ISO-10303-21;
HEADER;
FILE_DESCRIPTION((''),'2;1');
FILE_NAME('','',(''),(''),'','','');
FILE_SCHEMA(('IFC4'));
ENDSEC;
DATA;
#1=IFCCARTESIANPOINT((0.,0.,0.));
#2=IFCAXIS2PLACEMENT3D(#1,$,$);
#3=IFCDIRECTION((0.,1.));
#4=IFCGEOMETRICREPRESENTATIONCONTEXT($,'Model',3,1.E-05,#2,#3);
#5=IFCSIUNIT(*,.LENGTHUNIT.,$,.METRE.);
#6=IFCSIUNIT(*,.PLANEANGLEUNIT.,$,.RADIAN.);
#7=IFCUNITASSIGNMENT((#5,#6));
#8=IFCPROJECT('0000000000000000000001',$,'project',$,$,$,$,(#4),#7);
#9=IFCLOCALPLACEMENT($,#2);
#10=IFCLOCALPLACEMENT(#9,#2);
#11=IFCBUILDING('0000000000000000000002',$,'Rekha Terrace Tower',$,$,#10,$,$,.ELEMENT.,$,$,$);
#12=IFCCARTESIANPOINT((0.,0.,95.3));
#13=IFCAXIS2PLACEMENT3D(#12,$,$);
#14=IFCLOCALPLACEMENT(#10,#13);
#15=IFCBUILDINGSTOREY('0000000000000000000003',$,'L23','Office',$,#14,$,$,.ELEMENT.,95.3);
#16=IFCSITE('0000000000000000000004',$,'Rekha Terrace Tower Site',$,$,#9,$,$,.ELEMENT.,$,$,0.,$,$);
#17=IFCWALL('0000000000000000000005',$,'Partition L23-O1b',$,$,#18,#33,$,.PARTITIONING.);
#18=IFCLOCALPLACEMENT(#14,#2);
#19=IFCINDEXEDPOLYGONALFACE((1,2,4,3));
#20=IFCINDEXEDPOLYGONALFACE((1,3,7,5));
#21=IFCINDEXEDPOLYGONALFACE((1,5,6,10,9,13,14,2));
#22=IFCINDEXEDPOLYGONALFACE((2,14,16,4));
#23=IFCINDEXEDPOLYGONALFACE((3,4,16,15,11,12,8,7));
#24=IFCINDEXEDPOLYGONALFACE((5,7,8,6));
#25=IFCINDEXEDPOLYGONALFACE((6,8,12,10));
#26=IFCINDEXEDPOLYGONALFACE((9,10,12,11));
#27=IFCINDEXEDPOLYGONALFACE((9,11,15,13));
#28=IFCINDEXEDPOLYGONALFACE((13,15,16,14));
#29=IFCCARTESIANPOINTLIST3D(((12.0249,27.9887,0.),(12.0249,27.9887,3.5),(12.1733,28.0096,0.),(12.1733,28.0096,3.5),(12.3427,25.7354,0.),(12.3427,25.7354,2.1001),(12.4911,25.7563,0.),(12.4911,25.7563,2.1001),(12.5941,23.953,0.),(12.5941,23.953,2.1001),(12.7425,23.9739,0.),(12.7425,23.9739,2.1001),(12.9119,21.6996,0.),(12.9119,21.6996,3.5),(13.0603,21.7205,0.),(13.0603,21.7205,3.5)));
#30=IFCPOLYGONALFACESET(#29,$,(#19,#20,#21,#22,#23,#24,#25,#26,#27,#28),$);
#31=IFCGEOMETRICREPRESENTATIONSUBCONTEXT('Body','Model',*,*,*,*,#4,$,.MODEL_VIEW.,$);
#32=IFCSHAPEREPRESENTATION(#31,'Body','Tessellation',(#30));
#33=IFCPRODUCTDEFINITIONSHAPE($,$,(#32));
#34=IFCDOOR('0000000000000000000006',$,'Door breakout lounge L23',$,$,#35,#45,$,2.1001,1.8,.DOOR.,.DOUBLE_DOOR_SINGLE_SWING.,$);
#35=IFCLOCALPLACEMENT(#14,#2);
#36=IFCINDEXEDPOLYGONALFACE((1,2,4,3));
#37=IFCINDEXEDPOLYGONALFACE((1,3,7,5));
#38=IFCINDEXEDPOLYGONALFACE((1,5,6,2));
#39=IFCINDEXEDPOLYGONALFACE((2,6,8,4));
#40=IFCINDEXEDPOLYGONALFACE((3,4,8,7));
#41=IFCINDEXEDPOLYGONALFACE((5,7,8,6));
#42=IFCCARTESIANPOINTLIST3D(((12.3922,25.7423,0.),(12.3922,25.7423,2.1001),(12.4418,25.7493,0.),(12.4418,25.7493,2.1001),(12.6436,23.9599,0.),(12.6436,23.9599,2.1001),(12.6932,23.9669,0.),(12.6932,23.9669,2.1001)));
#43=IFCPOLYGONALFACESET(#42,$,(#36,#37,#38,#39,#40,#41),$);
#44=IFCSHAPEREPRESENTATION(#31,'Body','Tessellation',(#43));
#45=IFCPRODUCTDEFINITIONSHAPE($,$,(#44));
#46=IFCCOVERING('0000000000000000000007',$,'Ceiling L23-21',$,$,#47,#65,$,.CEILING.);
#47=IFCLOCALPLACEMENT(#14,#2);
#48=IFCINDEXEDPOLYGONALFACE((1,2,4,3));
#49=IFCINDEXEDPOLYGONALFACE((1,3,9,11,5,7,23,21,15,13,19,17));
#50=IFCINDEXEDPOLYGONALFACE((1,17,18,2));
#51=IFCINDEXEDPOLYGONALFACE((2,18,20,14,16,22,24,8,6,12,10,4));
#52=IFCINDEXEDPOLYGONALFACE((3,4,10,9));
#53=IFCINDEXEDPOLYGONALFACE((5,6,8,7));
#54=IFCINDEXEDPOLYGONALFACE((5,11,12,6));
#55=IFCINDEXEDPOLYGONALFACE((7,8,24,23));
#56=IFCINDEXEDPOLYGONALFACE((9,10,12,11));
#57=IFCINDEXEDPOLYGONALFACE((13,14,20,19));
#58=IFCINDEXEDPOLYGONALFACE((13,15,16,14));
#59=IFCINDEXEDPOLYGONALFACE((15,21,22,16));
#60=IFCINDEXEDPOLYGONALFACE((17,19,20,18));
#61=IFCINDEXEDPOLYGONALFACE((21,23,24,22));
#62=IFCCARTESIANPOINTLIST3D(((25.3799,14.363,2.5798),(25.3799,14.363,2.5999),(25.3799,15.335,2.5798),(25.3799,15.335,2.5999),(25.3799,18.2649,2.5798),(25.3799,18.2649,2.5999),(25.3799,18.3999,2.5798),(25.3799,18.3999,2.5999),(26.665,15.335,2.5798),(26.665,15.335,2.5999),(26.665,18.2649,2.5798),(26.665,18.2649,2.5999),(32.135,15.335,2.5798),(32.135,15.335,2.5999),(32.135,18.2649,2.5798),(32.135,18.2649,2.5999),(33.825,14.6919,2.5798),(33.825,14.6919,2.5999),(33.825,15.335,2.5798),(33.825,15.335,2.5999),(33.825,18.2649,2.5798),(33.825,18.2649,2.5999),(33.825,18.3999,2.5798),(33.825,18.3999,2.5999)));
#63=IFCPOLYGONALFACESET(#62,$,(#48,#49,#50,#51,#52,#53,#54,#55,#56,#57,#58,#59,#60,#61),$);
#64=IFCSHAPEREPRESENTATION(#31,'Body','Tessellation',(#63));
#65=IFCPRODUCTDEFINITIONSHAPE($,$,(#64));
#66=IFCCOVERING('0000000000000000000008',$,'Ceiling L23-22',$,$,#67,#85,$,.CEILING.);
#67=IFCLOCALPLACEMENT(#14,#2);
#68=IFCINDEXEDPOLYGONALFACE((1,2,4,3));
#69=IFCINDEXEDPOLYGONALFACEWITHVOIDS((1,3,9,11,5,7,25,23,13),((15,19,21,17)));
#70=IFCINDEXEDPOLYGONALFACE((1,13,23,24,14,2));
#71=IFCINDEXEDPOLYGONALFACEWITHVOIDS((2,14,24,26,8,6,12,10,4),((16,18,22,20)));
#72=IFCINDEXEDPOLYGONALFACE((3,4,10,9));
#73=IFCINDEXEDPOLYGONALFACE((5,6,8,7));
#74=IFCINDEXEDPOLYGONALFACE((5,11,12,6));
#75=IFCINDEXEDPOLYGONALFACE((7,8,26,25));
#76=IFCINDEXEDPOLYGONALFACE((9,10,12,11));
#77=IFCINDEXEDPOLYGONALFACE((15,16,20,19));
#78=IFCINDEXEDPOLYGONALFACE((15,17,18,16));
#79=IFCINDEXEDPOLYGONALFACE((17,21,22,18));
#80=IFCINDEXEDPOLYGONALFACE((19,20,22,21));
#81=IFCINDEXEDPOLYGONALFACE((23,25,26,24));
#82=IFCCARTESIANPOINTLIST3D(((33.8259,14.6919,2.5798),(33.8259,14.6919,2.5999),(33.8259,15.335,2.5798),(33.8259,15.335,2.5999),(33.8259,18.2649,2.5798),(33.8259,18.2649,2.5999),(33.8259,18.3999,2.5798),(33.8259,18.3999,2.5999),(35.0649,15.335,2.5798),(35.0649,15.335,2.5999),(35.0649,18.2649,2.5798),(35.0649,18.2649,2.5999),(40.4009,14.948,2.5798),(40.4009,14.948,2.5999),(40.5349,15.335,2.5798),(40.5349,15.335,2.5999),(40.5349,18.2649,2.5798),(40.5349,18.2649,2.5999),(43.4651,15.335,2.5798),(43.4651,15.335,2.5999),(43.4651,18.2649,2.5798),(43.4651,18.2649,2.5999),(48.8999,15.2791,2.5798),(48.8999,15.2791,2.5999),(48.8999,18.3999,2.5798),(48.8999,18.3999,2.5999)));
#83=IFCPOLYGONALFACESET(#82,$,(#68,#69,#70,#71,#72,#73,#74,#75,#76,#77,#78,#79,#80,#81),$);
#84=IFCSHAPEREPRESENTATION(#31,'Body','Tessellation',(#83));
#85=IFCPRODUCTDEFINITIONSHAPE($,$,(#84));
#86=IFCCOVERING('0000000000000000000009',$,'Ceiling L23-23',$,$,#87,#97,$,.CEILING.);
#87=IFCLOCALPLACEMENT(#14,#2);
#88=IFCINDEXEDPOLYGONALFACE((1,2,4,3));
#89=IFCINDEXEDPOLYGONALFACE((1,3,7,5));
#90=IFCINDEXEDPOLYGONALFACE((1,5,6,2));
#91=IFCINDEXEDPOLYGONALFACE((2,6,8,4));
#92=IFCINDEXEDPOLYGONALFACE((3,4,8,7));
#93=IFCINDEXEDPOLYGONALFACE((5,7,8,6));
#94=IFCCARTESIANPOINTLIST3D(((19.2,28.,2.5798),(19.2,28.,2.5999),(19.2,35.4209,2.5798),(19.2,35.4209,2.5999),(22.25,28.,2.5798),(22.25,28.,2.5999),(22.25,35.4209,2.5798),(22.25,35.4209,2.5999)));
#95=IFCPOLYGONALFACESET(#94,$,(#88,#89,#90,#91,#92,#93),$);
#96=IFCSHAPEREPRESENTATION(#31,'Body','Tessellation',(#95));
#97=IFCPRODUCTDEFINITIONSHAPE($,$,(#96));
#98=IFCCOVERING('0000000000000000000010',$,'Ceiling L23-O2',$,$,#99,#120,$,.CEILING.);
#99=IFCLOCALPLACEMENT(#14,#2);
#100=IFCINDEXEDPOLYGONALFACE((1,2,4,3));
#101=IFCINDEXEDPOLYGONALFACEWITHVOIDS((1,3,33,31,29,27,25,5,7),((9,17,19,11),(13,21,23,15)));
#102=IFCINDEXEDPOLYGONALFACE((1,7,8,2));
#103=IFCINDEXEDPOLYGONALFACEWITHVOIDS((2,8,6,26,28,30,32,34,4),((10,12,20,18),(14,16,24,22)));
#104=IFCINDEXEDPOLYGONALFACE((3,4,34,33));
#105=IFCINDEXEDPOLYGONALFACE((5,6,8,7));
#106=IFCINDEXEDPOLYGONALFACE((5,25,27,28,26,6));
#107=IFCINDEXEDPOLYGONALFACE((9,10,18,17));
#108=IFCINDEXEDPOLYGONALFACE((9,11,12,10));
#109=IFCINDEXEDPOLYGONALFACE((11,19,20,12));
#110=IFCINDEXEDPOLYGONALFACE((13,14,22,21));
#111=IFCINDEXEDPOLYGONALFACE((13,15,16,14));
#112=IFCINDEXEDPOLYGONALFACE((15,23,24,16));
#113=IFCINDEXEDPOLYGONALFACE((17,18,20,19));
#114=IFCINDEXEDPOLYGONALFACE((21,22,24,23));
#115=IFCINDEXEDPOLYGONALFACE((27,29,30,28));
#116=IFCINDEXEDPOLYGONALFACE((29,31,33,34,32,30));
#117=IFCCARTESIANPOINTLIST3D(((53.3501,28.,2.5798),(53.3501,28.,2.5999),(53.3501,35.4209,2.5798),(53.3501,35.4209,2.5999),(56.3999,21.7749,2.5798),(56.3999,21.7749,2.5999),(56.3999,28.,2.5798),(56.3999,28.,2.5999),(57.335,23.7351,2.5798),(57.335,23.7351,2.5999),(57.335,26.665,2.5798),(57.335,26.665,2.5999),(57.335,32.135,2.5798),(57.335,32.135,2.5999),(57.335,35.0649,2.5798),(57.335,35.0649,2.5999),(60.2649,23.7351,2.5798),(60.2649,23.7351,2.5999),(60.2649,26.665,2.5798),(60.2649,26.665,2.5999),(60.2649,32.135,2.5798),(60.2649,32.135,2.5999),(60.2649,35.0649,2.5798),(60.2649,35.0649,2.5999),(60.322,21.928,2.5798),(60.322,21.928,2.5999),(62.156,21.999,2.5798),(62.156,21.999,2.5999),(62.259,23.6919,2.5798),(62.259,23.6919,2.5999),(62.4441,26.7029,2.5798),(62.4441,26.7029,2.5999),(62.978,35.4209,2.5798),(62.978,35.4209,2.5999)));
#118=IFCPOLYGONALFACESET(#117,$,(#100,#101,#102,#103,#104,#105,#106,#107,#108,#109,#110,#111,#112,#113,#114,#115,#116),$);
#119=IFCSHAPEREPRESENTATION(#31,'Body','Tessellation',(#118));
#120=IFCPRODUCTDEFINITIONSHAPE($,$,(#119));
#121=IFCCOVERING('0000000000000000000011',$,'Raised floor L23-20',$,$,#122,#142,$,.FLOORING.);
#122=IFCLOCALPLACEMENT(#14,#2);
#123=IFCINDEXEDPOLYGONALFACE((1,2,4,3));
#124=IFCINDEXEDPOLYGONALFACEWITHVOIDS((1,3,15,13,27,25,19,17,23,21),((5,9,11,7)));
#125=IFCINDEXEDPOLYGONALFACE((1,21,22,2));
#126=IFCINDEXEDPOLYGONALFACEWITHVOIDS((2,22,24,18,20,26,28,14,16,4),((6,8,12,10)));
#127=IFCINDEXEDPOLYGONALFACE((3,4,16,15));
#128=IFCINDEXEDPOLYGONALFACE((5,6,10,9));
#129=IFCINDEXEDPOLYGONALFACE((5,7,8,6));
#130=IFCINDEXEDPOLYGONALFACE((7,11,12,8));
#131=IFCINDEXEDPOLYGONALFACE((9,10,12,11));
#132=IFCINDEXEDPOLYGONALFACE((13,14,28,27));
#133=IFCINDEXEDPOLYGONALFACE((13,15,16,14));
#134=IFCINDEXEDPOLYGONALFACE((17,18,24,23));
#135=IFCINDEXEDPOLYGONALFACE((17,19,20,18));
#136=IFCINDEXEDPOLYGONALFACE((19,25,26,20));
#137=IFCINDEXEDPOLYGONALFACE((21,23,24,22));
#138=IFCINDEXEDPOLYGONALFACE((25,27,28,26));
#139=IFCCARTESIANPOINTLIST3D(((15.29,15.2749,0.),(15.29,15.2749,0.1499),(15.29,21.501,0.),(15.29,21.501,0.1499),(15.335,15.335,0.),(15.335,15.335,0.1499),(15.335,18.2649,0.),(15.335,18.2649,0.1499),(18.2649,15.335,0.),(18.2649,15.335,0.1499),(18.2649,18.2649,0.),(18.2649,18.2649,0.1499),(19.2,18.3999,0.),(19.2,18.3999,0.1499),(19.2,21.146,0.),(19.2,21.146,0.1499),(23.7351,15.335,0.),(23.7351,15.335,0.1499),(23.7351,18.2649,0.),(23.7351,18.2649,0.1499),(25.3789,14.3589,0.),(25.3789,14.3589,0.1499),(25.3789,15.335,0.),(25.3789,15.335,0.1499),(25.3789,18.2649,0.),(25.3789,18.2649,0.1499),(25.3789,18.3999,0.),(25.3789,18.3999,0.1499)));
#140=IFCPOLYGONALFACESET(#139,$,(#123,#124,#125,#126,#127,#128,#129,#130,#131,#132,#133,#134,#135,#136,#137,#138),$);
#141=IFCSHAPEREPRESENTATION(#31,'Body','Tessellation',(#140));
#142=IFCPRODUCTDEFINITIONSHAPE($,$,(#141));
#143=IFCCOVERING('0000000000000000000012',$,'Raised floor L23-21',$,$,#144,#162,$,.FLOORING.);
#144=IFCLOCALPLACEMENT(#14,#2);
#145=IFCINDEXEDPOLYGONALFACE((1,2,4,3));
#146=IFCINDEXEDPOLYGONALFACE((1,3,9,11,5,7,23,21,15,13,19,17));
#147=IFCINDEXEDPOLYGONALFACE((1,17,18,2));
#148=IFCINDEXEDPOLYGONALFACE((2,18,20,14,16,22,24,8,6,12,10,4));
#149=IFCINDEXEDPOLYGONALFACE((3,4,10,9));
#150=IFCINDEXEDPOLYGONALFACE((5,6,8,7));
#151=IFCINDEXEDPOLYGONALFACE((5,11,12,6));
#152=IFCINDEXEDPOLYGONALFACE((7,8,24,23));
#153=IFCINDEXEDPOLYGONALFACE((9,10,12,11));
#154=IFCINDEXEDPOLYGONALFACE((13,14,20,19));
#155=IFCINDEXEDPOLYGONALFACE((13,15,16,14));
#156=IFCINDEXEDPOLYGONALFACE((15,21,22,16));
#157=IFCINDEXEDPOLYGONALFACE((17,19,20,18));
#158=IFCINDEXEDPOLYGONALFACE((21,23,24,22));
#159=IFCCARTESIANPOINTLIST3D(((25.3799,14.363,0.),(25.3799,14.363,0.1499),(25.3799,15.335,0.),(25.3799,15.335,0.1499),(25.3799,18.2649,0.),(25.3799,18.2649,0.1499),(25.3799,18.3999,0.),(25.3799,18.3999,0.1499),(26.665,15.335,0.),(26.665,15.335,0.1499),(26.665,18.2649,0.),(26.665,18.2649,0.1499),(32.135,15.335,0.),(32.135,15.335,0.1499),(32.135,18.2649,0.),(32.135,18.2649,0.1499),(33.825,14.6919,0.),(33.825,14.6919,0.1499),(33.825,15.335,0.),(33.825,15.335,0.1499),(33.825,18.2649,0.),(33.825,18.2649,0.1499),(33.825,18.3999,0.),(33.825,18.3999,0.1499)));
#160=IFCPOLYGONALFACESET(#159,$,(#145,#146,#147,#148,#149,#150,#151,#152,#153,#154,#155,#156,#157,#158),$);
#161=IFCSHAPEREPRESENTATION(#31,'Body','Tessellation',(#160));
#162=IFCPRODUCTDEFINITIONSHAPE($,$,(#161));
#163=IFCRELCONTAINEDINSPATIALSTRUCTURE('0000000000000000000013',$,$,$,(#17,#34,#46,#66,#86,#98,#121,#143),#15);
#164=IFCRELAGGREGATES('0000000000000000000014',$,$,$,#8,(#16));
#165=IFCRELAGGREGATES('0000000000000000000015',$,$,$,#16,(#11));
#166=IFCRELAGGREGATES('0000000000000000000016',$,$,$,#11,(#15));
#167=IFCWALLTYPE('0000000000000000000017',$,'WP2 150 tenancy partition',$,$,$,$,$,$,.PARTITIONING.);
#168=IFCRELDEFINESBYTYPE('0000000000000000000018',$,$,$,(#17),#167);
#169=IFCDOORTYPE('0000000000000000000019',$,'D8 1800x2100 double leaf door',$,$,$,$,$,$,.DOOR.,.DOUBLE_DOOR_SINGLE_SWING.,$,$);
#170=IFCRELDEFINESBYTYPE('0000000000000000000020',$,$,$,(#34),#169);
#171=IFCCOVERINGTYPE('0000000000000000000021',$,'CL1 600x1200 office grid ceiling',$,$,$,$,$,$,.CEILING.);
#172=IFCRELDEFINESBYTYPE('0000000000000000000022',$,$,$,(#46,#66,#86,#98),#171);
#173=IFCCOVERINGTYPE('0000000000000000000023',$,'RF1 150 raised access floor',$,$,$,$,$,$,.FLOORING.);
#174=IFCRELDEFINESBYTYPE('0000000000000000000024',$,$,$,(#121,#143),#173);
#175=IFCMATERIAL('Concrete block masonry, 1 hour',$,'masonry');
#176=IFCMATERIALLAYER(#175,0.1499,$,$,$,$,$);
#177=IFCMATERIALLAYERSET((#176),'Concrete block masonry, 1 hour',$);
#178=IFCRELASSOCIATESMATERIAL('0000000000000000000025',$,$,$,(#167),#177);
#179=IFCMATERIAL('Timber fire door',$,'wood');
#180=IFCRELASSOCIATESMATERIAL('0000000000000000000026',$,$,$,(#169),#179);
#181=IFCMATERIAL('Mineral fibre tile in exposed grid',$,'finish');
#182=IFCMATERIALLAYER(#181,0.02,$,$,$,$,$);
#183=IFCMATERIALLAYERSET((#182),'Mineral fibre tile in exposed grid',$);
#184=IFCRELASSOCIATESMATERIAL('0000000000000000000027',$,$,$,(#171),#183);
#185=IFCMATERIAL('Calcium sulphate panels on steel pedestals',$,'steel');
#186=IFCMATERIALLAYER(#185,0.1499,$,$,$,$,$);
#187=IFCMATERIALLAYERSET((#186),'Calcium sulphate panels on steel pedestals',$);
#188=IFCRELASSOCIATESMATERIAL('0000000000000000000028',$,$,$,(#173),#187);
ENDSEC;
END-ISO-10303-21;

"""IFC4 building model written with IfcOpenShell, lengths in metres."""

from ifc_helpers import new_model, si_unit, direction, frame, frame_2d, origin, place, context, subcontext, project, spatial, polyline, rectangle, outline, extrude, material, layer, layer_set, type_object, element, fill, save


model = new_model("IFC4")

# Units and contexts
model_context = context("Model", 3, precision=1e-05, world=origin(), true_north=direction((0.0, 1.0)))
body_context = subcontext(model_context, "Body", "Model", "MODEL_VIEW")
ifc_project = project(units=[si_unit("LENGTHUNIT", "METRE"), si_unit("PLANEANGLEUNIT", "RADIAN")], contexts=[model_context])

# Site, building, storey
site_placement = place(None, origin())
site = spatial("IfcSite", under=ifc_project, at=site_placement, Name="Rekha Terrace Tower Site", CompositionType="ELEMENT", RefElevation=0.0)
building_placement = place(site_placement, origin())
building = spatial("IfcBuilding", under=site, at=building_placement, Name="Rekha Terrace Tower", CompositionType="ELEMENT")
storey_placement = place(building_placement, frame((0.0, 0.0, 95.3)))
storey = spatial("IfcBuildingStorey", under=building, at=storey_placement, Name="L23", Description="Office", CompositionType="ELEMENT", Elevation=95.3)

# Shared definitions
ifc_material_1 = material(Name="Concrete block masonry, 1 hour", Category="masonry")
ifc_layer_1 = layer(ifc_material_1, 0.1499)
ifc_layer_set_1 = layer_set([ifc_layer_1], Name="Concrete block masonry, 1 hour")
wall_type = type_object("IfcWallType", Name="WP2 150 tenancy partition", PredefinedType="PARTITIONING", material=ifc_layer_set_1)

# Wall, opening, door
wall_1_placement = place(storey_placement, frame((12.9861, 21.71, 0.0), z_axis=(0.0, 0.0, 1.0), x_axis=(-0.139651, 0.990201, 0.0)))
wall_1 = element("IfcWall", 1, at=wall_1_placement, inside=storey, type_object=wall_type, Name="Partition L23-O1b", PredefinedType="PARTITIONING", context=body_context, shape_type="SweptSolid", body=[
    extrude(rectangle(XDim=6.3513, YDim=0.1499, at=frame_2d((3.1758, 0.0))), origin(), (0.0, 0.0, 1.0), 3.5),
])
opening_placement = place(wall_1_placement, frame((2.2759, 0.0, 0.0)))
opening = element("IfcOpeningElement", 2, at=opening_placement, cuts=wall_1, PredefinedType="OPENING", context=body_context, shape_type="SweptSolid", body=[
    extrude(rectangle(XDim=1.8, YDim=2.1001, at=frame_2d((0.8999, 1.05))), frame((0.0, 0.085, 0.0), z_axis=(0.0, -1.0, 0.0), x_axis=(1.0, 0.0, 0.0)), (0.0, 0.0, 1.0), 0.1699),
])
ifc_material_2 = material(Name="Timber fire door", Category="wood")
door_type = type_object("IfcDoorType", Name="D8 1800x2100 double leaf door", OperationType="DOUBLE_DOOR_SINGLE_SWING", PredefinedType="DOOR", material=ifc_material_2)
door_placement = place(opening_placement, origin())
door = element("IfcDoor", 3, at=door_placement, inside=storey, type_object=door_type, Name="Door breakout lounge L23", OperationType="DOUBLE_DOOR_SINGLE_SWING", OverallHeight=2.1001, OverallWidth=1.8, PredefinedType="DOOR", context=body_context, shape_type="SweptSolid", body=[
    extrude(rectangle(XDim=1.8, YDim=2.1001, at=frame_2d((0.8999, 1.05))), frame((0.0, 0.0249, 0.0), z_axis=(0.0, -1.0, 0.0), x_axis=(1.0, 0.0, 0.0)), (0.0, 0.0, 1.0), 0.05),
])
fill(opening, door)

# Coverings
ifc_material_3 = material(Name="Mineral fibre tile in exposed grid", Category="finish")
ifc_layer_2 = layer(ifc_material_3, 0.02)
ifc_layer_set_2 = layer_set([ifc_layer_2], Name="Mineral fibre tile in exposed grid")
covering_type_1 = type_object("IfcCoveringType", Name="CL1 600x1200 office grid ceiling", PredefinedType="CEILING", material=ifc_layer_set_2)
covering_1_placement = place(storey_placement, frame((0.0, 0.0, 2.5798)))
element("IfcCovering", 4, at=covering_1_placement, inside=storey, type_object=covering_type_1, Name="Ceiling L23-21", PredefinedType="CEILING", context=body_context, shape_type="SweptSolid", body=[
    extrude(outline(polyline([(25.3799, 15.335), (25.3799, 14.363), (33.825, 14.6919), (33.825, 15.335), (32.135, 15.335), (32.135, 18.2649), (33.825, 18.2649), (33.825, 18.3999), (25.3799, 18.3999), (25.3799, 18.2649), (26.665, 18.2649), (26.665, 15.335), (25.3799, 15.335)])), origin(), (0.0, 0.0, 1.0), 0.02),
])
covering_2_placement = place(storey_placement, frame((0.0, 0.0, 2.5798)))
element("IfcCovering", 5, at=covering_2_placement, inside=storey, type_object=covering_type_1, Name="Ceiling L23-22", PredefinedType="CEILING", context=body_context, shape_type="SweptSolid", body=[
    extrude(outline(polyline([(35.0649, 15.335), (33.8259, 15.335), (33.8259, 14.6919), (40.4009, 14.948), (48.8999, 15.2791), (48.8999, 18.3999), (33.8259, 18.3999), (33.8259, 18.2649), (35.0649, 18.2649), (35.0649, 15.335)]), holes=[polyline([(43.4651, 18.2649), (43.4651, 15.335), (40.5349, 15.335), (40.5349, 18.2649), (43.4651, 18.2649)])]), origin(), (0.0, 0.0, 1.0), 0.02),
])
covering_3_placement = place(storey_placement, frame((0.0, 0.0, 2.5798)))
element("IfcCovering", 6, at=covering_3_placement, inside=storey, type_object=covering_type_1, Name="Ceiling L23-23", PredefinedType="CEILING", context=body_context, shape_type="SweptSolid", body=[
    extrude(outline(polyline([(19.2, 35.4209), (19.2, 28.0), (22.25, 28.0), (22.25, 35.4209), (19.2, 35.4209)])), origin(), (0.0, 0.0, 1.0), 0.02),
])
covering_4_placement = place(storey_placement, frame((0.0, 0.0, 2.5798)))
element("IfcCovering", 7, at=covering_4_placement, inside=storey, type_object=covering_type_1, Name="Ceiling L23-O2", PredefinedType="CEILING", context=body_context, shape_type="SweptSolid", body=[
    extrude(outline(polyline([(56.3999, 28.0), (56.3999, 21.7749), (60.322, 21.928), (62.156, 21.999), (62.259, 23.6919), (62.4441, 26.7029), (62.978, 35.4209), (53.3501, 35.4209), (53.3501, 28.0), (56.3999, 28.0)]), holes=[polyline([(60.2649, 26.665), (60.2649, 23.7351), (57.335, 23.7351), (57.335, 26.665), (60.2649, 26.665)]), polyline([(60.2649, 32.135), (57.335, 32.135), (57.335, 35.0649), (60.2649, 35.0649), (60.2649, 32.135)])]), origin(), (0.0, 0.0, 1.0), 0.02),
])
ifc_material_4 = material(Name="Calcium sulphate panels on steel pedestals", Category="steel")
ifc_layer_3 = layer(ifc_material_4, 0.1499)
ifc_layer_set_3 = layer_set([ifc_layer_3], Name="Calcium sulphate panels on steel pedestals")
covering_type_2 = type_object("IfcCoveringType", Name="RF1 150 raised access floor", PredefinedType="FLOORING", material=ifc_layer_set_3)
covering_5_placement = place(storey_placement, origin())
element("IfcCovering", 8, at=covering_5_placement, inside=storey, type_object=covering_type_2, Name="Raised floor L23-20", PredefinedType="FLOORING", context=body_context, shape_type="SweptSolid", body=[
    extrude(outline(polyline([(19.2, 18.3999), (19.2, 21.146), (15.29, 21.501), (15.29, 15.2749), (25.3789, 14.3589), (25.3789, 15.335), (23.7351, 15.335), (23.7351, 18.2649), (25.3789, 18.2649), (25.3789, 18.3999), (19.2, 18.3999)]), holes=[polyline([(18.2649, 15.335), (15.335, 15.335), (15.335, 18.2649), (18.2649, 18.2649), (18.2649, 15.335)])]), origin(), (0.0, 0.0, 1.0), 0.1499),
])
covering_6_placement = place(storey_placement, origin())
element("IfcCovering", 9, at=covering_6_placement, inside=storey, type_object=covering_type_2, Name="Raised floor L23-21", PredefinedType="FLOORING", context=body_context, shape_type="SweptSolid", body=[
    extrude(outline(polyline([(25.3799, 15.335), (25.3799, 14.363), (33.825, 14.6919), (33.825, 15.335), (32.135, 15.335), (32.135, 18.2649), (33.825, 18.2649), (33.825, 18.3999), (25.3799, 18.3999), (25.3799, 18.2649), (26.665, 18.2649), (26.665, 15.335), (25.3799, 15.335)])), origin(), (0.0, 0.0, 1.0), 0.1499),
])

save(model, "model.ifc")
